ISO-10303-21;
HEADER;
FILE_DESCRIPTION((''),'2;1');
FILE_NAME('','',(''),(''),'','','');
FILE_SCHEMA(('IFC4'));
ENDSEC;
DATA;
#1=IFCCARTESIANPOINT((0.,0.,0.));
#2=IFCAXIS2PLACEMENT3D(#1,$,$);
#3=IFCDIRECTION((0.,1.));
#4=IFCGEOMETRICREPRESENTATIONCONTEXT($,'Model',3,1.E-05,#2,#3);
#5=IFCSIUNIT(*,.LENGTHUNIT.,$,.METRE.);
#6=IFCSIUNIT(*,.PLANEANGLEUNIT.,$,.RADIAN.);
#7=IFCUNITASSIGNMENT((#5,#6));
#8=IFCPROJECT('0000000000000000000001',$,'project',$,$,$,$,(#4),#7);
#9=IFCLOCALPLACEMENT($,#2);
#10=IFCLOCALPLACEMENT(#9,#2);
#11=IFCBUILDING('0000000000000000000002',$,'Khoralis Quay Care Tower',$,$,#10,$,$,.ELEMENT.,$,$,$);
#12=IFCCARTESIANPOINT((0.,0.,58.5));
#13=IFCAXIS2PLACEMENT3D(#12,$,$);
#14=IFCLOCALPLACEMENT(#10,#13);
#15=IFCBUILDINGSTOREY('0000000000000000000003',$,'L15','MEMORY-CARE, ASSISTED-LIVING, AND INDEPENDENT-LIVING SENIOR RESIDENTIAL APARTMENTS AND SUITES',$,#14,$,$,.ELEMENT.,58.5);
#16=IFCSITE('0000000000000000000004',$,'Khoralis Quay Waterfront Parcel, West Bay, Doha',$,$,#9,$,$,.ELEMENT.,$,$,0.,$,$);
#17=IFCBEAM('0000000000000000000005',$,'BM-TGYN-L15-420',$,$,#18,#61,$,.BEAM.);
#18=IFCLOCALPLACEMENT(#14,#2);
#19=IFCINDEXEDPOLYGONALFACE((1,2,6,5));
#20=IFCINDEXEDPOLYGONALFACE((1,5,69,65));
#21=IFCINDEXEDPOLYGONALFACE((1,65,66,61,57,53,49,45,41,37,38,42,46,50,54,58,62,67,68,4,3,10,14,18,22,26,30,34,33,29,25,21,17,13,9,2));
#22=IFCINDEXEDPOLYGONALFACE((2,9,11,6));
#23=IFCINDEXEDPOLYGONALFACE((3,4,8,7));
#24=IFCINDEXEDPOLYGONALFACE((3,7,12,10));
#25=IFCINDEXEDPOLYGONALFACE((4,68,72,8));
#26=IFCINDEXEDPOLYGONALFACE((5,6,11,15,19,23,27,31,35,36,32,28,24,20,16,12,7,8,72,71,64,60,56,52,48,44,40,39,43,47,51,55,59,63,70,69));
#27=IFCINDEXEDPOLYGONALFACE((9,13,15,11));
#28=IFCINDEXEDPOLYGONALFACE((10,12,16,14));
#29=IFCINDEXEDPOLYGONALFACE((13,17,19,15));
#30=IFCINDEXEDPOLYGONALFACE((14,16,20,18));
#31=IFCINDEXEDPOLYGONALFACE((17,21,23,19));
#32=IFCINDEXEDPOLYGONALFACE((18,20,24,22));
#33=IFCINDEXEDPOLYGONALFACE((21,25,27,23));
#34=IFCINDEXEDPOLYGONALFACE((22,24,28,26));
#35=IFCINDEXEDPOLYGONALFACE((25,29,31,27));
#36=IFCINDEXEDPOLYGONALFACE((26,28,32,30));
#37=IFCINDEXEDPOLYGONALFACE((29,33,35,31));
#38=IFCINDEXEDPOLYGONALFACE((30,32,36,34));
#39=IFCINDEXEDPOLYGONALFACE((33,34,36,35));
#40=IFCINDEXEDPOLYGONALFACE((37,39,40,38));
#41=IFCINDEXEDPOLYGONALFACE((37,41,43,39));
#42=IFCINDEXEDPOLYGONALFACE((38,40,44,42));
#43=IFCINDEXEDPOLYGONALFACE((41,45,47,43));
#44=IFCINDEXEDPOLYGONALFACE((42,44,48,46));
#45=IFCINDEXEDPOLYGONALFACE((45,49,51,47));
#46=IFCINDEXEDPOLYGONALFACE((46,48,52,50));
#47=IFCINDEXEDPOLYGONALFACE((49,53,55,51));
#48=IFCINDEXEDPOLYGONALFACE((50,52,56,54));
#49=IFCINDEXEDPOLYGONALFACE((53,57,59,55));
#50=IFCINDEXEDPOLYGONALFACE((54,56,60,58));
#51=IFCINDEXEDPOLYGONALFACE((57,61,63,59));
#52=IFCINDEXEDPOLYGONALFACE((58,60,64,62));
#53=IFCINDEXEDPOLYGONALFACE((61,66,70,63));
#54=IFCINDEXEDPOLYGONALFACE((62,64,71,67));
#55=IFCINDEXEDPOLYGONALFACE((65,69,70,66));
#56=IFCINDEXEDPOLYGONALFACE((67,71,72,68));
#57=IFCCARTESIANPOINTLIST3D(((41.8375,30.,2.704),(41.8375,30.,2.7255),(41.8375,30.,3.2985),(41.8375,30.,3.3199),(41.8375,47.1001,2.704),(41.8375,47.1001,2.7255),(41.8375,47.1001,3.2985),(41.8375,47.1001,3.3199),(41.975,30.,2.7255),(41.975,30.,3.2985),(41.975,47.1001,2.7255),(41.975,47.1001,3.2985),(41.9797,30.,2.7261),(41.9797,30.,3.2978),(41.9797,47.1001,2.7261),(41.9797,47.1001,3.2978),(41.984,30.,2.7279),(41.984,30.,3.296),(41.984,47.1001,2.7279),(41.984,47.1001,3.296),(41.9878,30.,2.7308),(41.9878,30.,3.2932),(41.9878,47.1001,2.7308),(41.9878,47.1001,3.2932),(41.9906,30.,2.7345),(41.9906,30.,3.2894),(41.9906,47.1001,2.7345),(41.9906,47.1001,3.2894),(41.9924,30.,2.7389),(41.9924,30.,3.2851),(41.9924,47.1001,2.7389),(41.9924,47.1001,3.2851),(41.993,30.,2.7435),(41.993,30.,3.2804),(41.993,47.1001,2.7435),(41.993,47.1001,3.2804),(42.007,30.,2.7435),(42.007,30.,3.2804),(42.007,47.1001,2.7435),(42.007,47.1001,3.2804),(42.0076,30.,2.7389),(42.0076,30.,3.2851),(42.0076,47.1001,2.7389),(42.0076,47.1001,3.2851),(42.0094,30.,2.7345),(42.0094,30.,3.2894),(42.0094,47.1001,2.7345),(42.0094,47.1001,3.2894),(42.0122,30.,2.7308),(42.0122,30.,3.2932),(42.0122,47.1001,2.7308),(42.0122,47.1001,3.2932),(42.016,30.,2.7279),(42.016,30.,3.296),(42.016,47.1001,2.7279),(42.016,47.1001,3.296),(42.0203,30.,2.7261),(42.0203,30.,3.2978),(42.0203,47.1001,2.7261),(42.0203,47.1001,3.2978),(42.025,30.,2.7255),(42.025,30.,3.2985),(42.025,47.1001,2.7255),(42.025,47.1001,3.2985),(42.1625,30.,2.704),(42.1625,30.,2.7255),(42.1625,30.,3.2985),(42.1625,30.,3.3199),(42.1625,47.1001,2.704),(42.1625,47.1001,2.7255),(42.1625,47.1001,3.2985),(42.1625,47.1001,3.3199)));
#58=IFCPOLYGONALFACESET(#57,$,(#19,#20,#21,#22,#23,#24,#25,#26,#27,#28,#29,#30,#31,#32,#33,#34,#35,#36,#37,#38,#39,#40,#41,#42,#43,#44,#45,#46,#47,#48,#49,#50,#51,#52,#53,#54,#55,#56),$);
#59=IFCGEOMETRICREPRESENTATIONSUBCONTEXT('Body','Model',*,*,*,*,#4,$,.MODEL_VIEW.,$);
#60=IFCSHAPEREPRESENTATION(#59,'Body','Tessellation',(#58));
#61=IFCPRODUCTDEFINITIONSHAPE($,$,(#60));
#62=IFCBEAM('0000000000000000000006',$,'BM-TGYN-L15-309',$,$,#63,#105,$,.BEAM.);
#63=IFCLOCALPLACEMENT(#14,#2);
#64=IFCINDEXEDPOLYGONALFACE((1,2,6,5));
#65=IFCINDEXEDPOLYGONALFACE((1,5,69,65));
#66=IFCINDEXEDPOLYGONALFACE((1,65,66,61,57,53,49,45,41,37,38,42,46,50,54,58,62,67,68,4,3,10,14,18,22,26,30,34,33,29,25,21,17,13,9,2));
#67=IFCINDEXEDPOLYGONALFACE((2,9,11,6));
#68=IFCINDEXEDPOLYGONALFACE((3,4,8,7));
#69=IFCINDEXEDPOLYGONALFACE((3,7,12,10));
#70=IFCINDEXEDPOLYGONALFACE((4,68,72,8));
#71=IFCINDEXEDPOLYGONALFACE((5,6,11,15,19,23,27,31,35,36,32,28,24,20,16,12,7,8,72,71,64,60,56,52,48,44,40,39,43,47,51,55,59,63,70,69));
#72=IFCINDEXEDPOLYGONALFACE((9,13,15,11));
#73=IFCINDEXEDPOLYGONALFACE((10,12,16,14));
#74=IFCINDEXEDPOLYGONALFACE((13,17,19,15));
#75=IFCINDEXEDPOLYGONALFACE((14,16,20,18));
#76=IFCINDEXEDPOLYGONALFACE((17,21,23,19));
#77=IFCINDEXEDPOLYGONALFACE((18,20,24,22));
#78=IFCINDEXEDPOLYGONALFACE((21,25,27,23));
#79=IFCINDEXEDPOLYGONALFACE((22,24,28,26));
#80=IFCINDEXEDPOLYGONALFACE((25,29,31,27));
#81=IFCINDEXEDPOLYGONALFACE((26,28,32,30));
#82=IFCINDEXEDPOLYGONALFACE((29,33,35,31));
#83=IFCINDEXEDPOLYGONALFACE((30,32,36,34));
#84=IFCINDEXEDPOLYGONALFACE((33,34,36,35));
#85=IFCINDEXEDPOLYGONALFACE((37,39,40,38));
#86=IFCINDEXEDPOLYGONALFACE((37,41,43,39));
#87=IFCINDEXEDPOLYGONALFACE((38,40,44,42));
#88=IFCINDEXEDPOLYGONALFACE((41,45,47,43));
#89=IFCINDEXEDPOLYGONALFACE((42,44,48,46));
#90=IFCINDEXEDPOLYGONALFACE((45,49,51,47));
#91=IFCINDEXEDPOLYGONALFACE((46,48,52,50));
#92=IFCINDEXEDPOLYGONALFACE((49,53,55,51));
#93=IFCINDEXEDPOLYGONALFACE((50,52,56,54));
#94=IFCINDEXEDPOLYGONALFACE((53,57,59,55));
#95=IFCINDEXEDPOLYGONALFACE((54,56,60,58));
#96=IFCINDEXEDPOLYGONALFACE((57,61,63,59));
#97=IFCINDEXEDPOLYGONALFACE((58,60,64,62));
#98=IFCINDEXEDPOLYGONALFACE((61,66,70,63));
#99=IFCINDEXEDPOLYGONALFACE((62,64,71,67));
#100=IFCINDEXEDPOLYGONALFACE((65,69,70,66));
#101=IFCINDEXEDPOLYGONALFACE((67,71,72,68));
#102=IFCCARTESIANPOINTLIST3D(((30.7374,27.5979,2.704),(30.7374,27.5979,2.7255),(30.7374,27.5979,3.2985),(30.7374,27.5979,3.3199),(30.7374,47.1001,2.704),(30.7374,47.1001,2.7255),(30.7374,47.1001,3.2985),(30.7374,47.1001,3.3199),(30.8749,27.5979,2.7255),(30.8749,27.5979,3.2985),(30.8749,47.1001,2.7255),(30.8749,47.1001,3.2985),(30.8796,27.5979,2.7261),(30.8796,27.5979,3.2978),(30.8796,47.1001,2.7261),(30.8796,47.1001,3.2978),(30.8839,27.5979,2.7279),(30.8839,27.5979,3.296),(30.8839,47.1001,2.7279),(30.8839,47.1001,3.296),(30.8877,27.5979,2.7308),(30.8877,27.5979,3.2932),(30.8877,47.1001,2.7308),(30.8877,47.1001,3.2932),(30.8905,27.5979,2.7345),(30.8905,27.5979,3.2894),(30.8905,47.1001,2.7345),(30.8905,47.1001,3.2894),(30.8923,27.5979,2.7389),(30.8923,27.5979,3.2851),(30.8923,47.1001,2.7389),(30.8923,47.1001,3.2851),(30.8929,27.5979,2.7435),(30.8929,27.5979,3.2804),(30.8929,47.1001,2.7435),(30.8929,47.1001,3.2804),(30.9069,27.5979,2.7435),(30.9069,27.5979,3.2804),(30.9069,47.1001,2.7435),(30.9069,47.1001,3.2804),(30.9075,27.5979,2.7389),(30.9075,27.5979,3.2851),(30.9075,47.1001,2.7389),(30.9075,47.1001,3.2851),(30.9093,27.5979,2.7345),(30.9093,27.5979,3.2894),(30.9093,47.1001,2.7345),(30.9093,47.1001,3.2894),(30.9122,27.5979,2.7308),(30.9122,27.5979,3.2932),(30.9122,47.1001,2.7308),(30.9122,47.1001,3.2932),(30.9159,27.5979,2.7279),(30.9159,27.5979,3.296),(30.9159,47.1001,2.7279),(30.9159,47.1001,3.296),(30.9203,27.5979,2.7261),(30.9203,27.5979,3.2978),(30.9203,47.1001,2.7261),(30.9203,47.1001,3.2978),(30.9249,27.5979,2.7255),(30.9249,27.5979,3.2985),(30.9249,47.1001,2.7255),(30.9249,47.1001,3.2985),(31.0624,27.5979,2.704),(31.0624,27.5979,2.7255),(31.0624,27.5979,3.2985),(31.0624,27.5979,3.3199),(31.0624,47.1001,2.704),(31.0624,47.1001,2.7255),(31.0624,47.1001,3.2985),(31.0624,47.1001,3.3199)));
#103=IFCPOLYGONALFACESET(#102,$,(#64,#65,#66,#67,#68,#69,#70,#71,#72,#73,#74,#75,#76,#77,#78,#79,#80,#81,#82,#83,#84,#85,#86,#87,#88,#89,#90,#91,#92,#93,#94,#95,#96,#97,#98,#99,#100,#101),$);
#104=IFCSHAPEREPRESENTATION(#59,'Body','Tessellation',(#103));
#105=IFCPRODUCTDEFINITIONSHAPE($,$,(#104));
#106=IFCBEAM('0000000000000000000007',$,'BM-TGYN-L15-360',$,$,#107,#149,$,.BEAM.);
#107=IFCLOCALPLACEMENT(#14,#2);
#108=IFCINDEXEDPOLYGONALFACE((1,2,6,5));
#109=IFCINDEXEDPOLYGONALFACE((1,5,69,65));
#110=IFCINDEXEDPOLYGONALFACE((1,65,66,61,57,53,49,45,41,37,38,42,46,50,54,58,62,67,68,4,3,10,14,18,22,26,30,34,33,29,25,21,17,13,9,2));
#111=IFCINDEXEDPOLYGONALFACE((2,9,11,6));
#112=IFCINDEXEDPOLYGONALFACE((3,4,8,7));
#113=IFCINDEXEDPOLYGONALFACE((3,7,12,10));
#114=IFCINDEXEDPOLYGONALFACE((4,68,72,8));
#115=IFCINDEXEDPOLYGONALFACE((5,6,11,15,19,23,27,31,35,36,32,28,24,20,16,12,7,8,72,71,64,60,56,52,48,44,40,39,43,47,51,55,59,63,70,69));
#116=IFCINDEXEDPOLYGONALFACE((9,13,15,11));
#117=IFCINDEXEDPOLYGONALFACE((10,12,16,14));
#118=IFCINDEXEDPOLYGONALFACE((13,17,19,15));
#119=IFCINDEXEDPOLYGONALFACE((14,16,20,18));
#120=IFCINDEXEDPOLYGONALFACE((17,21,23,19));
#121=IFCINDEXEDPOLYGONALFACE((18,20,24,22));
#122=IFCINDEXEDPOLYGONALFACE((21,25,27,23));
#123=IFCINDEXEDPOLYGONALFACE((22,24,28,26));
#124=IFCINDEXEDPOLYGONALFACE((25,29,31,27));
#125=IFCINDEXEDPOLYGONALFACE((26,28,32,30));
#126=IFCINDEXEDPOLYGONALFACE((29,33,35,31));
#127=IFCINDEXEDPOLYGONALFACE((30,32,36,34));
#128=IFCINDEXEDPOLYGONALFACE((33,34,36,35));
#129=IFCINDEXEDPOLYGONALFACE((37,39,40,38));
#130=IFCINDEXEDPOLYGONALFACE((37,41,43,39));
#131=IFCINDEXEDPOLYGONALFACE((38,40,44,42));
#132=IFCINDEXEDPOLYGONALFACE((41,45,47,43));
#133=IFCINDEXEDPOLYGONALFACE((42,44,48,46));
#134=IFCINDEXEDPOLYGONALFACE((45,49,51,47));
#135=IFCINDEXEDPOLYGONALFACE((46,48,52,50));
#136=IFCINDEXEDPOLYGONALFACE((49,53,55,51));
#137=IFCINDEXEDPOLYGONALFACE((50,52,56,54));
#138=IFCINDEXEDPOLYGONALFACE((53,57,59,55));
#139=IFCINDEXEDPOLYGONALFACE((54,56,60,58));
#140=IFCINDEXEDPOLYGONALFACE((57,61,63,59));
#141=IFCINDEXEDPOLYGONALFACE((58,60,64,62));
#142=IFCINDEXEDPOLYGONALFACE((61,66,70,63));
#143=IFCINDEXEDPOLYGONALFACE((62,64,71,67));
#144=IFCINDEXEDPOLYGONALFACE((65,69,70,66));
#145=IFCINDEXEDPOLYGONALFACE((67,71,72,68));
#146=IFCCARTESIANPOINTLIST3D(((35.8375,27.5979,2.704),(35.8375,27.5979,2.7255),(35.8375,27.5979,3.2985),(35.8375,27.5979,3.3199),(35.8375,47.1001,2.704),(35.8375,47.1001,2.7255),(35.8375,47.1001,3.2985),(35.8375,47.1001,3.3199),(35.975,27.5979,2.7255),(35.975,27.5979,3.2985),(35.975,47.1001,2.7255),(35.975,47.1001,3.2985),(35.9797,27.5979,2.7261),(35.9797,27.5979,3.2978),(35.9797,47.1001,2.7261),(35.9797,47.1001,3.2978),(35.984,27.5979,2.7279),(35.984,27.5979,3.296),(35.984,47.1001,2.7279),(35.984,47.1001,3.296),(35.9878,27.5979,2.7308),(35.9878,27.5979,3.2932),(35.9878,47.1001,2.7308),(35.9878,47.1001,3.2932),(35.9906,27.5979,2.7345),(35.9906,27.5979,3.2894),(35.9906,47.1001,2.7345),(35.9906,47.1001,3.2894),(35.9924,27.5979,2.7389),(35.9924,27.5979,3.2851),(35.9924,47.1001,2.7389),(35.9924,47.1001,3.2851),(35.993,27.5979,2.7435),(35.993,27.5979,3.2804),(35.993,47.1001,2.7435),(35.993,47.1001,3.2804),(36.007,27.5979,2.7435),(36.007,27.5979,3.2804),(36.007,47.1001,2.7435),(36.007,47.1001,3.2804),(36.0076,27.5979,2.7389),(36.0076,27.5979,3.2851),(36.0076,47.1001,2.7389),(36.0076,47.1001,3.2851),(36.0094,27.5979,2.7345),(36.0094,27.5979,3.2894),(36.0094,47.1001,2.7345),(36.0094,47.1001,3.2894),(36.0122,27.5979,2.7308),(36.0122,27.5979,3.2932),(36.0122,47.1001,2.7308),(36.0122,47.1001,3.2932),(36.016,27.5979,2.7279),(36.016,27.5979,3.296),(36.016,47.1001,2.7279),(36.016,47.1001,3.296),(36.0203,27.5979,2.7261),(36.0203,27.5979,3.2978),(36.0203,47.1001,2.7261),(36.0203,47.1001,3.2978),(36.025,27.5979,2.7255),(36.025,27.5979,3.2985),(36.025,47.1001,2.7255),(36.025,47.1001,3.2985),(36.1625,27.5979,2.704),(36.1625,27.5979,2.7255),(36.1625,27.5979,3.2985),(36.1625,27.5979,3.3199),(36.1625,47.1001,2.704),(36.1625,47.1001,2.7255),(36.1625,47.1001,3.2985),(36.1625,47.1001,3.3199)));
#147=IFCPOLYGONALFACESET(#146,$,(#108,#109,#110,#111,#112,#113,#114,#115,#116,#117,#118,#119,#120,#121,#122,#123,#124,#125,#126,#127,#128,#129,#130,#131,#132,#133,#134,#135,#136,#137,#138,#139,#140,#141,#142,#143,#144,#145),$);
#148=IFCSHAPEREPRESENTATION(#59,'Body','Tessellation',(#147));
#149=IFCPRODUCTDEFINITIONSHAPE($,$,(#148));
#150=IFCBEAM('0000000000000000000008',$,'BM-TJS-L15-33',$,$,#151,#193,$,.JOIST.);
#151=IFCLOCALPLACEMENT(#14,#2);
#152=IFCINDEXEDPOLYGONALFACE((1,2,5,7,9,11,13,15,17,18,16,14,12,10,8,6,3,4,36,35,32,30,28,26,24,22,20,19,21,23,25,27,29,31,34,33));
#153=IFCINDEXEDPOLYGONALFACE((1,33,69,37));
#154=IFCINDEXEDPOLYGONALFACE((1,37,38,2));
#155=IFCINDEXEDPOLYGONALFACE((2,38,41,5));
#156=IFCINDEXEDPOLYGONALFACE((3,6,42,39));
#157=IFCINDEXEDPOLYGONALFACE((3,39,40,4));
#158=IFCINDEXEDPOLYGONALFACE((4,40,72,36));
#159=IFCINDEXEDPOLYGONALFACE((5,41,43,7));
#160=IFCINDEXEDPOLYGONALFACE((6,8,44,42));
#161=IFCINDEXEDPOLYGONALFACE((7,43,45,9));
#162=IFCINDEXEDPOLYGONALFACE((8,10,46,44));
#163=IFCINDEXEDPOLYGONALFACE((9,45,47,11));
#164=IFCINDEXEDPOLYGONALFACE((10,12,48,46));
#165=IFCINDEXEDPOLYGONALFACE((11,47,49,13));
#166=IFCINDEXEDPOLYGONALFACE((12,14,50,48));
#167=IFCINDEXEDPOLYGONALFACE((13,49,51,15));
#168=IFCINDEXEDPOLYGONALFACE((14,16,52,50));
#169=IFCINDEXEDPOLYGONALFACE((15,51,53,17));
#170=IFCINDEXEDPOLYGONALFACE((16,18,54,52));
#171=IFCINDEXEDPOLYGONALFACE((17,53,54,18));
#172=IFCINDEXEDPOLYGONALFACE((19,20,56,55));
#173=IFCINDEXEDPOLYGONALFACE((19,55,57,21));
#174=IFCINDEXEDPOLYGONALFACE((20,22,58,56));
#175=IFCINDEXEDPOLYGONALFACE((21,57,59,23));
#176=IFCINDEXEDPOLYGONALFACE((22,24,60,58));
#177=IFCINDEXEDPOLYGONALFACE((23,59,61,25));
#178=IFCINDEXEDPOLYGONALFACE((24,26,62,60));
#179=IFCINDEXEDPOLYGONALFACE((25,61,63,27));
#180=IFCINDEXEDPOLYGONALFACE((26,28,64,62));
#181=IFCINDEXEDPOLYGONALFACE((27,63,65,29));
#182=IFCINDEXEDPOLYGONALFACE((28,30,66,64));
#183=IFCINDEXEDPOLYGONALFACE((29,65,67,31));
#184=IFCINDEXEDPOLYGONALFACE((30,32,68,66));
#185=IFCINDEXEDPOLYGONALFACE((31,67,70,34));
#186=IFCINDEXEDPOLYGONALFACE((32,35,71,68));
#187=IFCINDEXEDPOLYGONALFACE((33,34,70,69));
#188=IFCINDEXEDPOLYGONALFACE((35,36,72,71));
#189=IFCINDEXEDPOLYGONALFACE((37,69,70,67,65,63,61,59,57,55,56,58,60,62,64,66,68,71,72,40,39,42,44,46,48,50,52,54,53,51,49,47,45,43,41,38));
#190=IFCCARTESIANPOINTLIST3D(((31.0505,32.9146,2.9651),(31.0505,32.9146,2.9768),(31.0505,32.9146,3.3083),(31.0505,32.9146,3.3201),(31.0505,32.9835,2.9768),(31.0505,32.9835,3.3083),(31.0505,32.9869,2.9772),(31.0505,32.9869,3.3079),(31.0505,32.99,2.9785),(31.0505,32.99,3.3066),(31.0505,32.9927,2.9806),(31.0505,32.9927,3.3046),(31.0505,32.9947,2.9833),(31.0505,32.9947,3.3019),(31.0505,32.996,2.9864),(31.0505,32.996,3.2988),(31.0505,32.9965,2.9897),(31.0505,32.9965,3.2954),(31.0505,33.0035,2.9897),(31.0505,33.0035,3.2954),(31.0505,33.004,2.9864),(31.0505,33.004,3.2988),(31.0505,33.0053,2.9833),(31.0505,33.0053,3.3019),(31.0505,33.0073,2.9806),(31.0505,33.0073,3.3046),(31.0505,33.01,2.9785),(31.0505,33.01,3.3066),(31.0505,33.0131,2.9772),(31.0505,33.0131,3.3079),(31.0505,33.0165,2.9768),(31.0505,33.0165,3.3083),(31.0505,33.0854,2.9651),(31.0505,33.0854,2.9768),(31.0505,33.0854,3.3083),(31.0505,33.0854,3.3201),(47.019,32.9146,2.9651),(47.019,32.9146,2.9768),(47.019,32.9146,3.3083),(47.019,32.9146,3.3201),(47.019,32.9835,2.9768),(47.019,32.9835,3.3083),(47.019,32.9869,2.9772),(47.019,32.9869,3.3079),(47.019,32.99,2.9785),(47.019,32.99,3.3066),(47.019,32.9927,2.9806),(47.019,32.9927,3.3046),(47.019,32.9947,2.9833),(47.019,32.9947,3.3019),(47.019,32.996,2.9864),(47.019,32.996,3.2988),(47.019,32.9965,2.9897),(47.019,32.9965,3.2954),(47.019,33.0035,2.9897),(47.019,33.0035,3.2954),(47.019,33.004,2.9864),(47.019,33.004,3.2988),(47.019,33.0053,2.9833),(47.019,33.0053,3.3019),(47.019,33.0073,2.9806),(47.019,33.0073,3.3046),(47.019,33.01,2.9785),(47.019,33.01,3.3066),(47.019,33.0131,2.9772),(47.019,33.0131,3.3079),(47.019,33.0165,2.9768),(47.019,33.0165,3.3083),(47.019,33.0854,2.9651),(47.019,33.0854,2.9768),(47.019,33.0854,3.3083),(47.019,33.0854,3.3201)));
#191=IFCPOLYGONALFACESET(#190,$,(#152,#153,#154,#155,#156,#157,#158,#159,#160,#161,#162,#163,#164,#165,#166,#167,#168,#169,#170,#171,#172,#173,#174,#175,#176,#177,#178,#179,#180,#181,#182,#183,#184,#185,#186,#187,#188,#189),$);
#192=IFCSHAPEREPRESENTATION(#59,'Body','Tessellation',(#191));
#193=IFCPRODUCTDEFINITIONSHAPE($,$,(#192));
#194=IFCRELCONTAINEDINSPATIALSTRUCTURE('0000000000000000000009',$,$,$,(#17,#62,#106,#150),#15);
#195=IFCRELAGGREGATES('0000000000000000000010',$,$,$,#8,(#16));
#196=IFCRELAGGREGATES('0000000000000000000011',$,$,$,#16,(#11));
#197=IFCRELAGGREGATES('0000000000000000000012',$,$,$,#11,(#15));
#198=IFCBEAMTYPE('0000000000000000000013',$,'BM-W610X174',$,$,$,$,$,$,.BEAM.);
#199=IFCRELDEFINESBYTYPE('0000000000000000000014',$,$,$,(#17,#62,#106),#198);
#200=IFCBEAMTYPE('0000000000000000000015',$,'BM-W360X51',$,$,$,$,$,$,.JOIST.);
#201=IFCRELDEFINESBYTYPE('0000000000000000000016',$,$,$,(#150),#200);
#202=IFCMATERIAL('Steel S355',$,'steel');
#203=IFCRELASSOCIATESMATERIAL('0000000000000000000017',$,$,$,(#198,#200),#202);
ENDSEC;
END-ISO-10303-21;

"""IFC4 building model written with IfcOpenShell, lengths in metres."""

from ifc_helpers import new_model, si_unit, direction, frame, origin, origin_2d, place, context, subcontext, project, spatial, i_section, extrude, source, transform, mapped, material, material_profile, profile_set, type_object, element, save


model = new_model("IFC4")

# Units and contexts
model_context = context("Model", 3, precision=1e-05, world=origin(), true_north=direction((0.0, 1.0)))
body_context = subcontext(model_context, "Body", "Model", "MODEL_VIEW")
ifc_project = project(units=[si_unit("LENGTHUNIT", "METRE"), si_unit("PLANEANGLEUNIT", "RADIAN")], contexts=[model_context])

# Site, building, storey
site_placement = place(None, origin())
site = spatial("IfcSite", under=ifc_project, at=site_placement, Name="Khoralis Quay Waterfront Parcel, West Bay, Doha", CompositionType="ELEMENT", RefElevation=0.0)
building_placement = place(site_placement, origin())
building = spatial("IfcBuilding", under=site, at=building_placement, Name="Khoralis Quay Care Tower", CompositionType="ELEMENT")
storey_placement = place(building_placement, frame((0.0, 0.0, 58.5)))
storey = spatial("IfcBuildingStorey", under=building, at=storey_placement, Name="L15", Description="MEMORY-CARE, ASSISTED-LIVING, AND INDEPENDENT-LIVING SENIOR RESIDENTIAL APARTMENTS AND SUITES", CompositionType="ELEMENT", Elevation=58.5)

# Beams
ifc_material_1 = material(Name="Steel S355", Category="steel")
ifc_material_profile_1 = material_profile(ifc_material_1, i_section(OverallWidth=0.325, OverallDepth=0.616, WebThickness=0.0139, FlangeThickness=0.0215, FilletRadius=0.0181, at=origin_2d()), Name="Steel S355")
ifc_profile_set_1 = profile_set([ifc_material_profile_1], Name="Steel S355")
beam_type_1 = type_object("IfcBeamType", Name="BM-W610X174", PredefinedType="BEAM", material=ifc_profile_set_1)
shared_shape_1 = source(origin(), body_context, "Body", "SweptSolid", [
    extrude(i_section(OverallWidth=0.325, OverallDepth=0.616, WebThickness=0.0139, FlangeThickness=0.0215, FilletRadius=0.0181, at=origin_2d()), origin(), (0.0, 0.0, 1.0), 17.1001),
])
for number, where, z_axis, x_axis, name in (
    (1, (42.0, 30.0, 3.012), (0.0, 1.0, 0.0), (-1.0, 0.0, 0.0), "BM-TGYN-L15-420"),
):
    element("IfcBeam", number, at=place(storey_placement, frame(where, z_axis=z_axis, x_axis=x_axis)), inside=storey, type_object=beam_type_1, Name=name, PredefinedType="BEAM", context=body_context, shape_type="MappedRepresentation", body=[
        mapped(shared_shape_1, transform((0.0, 0.0, 0.0), scale=1.0)),
    ])
shared_shape_2 = source(origin(), body_context, "Body", "SweptSolid", [
    extrude(i_section(OverallWidth=0.325, OverallDepth=0.616, WebThickness=0.0139, FlangeThickness=0.0215, FilletRadius=0.0181, at=origin_2d()), origin(), (0.0, 0.0, 1.0), 19.5022),
])
for number, where, z_axis, x_axis, name in (
    (2, (30.8999, 27.5979, 3.012), (0.0, 1.0, 0.0), (-1.0, 0.0, 0.0), "BM-TGYN-L15-309"),
    (3, (36.0, 27.5979, 3.012), (0.0, 1.0, 0.0), (-1.0, 0.0, 0.0), "BM-TGYN-L15-360"),
):
    element("IfcBeam", number, at=place(storey_placement, frame(where, z_axis=z_axis, x_axis=x_axis)), inside=storey, type_object=beam_type_1, Name=name, PredefinedType="BEAM", context=body_context, shape_type="MappedRepresentation", body=[
        mapped(shared_shape_2, transform((0.0, 0.0, 0.0), scale=1.0)),
    ])
ifc_material_profile_2 = material_profile(ifc_material_1, i_section(OverallWidth=0.1709, OverallDepth=0.355, WebThickness=0.0071, FlangeThickness=0.0117, FilletRadius=0.0129, at=origin_2d()), Name="Steel S355")
ifc_profile_set_2 = profile_set([ifc_material_profile_2], Name="Steel S355")
beam_type_2 = type_object("IfcBeamType", Name="BM-W360X51", PredefinedType="JOIST", material=ifc_profile_set_2)
shared_shape_3 = source(origin(), body_context, "Body", "SweptSolid", [
    extrude(i_section(OverallWidth=0.1709, OverallDepth=0.355, WebThickness=0.0071, FlangeThickness=0.0117, FilletRadius=0.0129, at=origin_2d()), origin(), (0.0, 0.0, 1.0), 15.9685),
])
beam_1_placement = place(storey_placement, frame((31.0505, 33.0, 3.1426), z_axis=(1.0, 0.0, 0.0), x_axis=(0.0, 1.0, 0.0)))
element("IfcBeam", 4, at=beam_1_placement, inside=storey, type_object=beam_type_2, Name="BM-TJS-L15-33", PredefinedType="JOIST", context=body_context, shape_type="MappedRepresentation", body=[
    mapped(shared_shape_3, transform((0.0, 0.0, 0.0), scale=1.0)),
])

save(model, "model.ifc")
